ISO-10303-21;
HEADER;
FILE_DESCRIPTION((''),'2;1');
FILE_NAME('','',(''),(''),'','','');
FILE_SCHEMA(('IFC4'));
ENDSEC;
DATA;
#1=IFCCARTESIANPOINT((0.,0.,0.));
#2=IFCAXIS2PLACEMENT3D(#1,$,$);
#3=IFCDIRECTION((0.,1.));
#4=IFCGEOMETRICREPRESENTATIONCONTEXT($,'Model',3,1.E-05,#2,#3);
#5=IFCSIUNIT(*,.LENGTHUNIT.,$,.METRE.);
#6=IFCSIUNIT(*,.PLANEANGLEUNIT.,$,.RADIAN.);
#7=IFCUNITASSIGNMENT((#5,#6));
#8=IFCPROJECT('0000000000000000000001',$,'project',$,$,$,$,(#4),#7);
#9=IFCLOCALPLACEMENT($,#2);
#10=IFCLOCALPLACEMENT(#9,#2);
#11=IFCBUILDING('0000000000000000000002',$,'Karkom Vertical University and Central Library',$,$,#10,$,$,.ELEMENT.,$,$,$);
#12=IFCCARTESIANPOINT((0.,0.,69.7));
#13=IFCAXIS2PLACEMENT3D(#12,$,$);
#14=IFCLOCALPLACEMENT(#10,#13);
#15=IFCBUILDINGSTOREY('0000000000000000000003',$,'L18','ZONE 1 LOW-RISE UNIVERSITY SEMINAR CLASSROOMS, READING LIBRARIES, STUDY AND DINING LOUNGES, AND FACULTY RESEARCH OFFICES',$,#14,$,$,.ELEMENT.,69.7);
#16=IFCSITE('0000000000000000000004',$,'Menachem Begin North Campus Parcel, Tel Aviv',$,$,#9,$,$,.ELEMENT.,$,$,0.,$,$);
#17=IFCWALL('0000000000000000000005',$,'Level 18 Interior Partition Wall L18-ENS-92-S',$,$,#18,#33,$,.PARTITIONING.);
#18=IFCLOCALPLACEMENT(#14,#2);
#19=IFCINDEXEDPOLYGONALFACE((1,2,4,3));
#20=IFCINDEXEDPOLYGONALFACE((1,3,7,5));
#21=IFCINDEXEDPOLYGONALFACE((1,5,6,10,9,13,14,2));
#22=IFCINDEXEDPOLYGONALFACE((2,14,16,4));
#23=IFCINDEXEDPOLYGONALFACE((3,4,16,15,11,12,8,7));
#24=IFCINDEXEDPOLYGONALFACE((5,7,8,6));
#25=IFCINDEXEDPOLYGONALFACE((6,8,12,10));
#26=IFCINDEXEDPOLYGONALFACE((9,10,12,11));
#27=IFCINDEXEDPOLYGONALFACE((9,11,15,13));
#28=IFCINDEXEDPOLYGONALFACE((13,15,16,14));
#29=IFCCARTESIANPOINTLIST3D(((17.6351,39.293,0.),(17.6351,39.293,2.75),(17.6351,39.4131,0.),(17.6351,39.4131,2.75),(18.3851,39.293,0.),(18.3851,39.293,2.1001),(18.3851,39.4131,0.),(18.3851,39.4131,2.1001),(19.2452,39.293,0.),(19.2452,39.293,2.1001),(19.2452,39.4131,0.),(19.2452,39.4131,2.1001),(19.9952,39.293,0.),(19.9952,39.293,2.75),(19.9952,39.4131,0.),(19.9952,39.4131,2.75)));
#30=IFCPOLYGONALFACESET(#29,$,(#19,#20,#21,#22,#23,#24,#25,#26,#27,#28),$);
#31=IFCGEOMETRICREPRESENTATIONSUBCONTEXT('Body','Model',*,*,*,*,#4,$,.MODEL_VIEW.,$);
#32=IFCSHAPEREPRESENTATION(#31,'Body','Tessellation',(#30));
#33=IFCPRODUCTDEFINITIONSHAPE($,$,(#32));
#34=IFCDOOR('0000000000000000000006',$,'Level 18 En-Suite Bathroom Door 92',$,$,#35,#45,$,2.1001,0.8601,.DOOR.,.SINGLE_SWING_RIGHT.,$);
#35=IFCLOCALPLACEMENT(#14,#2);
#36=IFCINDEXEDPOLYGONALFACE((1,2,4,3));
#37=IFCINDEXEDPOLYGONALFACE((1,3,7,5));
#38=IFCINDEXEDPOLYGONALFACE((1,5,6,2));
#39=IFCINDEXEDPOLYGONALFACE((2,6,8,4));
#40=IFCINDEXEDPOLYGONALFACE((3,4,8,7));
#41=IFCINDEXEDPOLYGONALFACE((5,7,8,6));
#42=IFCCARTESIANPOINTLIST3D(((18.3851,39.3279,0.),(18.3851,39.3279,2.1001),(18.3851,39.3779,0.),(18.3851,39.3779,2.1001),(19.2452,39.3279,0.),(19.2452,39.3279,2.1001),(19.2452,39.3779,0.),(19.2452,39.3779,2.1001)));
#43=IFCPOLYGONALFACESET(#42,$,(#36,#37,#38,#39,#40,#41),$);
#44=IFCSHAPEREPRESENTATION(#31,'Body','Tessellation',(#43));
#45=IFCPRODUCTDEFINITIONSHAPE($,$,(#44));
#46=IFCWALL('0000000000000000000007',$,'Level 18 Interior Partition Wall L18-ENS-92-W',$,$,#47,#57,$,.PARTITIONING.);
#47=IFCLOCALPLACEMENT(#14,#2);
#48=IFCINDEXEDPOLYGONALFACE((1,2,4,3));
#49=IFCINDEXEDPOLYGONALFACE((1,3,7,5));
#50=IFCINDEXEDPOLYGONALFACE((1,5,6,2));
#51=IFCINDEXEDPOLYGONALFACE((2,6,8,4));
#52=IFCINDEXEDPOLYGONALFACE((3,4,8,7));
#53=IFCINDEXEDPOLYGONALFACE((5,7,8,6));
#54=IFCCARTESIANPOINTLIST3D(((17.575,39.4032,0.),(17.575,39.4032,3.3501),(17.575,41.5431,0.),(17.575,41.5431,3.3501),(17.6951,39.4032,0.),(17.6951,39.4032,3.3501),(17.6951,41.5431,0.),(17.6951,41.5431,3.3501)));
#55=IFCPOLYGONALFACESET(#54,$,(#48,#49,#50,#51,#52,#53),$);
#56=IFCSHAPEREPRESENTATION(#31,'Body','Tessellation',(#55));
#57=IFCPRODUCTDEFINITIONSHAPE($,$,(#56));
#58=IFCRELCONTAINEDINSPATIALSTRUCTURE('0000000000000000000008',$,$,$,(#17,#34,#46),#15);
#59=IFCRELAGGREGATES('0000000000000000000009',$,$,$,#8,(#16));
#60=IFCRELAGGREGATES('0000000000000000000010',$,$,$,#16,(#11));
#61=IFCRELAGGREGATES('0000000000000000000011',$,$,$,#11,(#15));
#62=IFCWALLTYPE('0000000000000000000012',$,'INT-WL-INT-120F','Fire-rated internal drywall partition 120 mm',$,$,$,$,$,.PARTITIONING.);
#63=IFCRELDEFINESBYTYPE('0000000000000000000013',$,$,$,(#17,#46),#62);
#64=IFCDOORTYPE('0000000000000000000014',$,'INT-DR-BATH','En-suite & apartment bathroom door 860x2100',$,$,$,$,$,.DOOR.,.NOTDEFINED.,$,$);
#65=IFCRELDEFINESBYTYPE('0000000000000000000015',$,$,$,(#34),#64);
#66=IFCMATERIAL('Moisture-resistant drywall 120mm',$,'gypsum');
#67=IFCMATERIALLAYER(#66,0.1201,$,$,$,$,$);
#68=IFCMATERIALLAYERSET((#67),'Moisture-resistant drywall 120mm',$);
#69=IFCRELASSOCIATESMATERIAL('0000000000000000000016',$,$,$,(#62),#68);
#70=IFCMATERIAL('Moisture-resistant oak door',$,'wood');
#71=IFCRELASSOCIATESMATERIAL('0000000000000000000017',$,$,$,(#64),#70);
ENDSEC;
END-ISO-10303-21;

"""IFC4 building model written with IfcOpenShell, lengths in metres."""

from ifc_helpers import new_model, si_unit, direction, frame, frame_2d, origin, origin_with_axes, place, context, subcontext, project, spatial, rectangle, extrude, source, transform, mapped, material, layer, layer_set, type_object, element, fill, save


model = new_model("IFC4")

# Units and contexts
model_context = context("Model", 3, precision=1e-05, world=origin(), true_north=direction((0.0, 1.0)))
body_context = subcontext(model_context, "Body", "Model", "MODEL_VIEW")
ifc_project = project(units=[si_unit("LENGTHUNIT", "METRE"), si_unit("PLANEANGLEUNIT", "RADIAN")], contexts=[model_context])

# Site, building, storey
site_placement = place(None, origin())
site = spatial("IfcSite", under=ifc_project, at=site_placement, Name="Menachem Begin North Campus Parcel, Tel Aviv", CompositionType="ELEMENT", RefElevation=0.0)
building_placement = place(site_placement, origin())
building = spatial("IfcBuilding", under=site, at=building_placement, Name="Karkom Vertical University and Central Library", CompositionType="ELEMENT")
storey_placement = place(building_placement, frame((0.0, 0.0, 69.7)))
storey = spatial("IfcBuildingStorey", under=building, at=storey_placement, Name="L18", Description="ZONE 1 LOW-RISE UNIVERSITY SEMINAR CLASSROOMS, READING LIBRARIES, STUDY AND DINING LOUNGES, AND FACULTY RESEARCH OFFICES", CompositionType="ELEMENT", Elevation=69.7)

# Wall, opening, door
ifc_material_1 = material(Name="Moisture-resistant drywall 120mm", Category="gypsum")
ifc_layer_1 = layer(ifc_material_1, 0.1201)
ifc_layer_set_1 = layer_set([ifc_layer_1], Name="Moisture-resistant drywall 120mm")
wall_type_1 = type_object("IfcWallType", Name="INT-WL-INT-120F", Description="Fire-rated internal drywall partition 120 mm", PredefinedType="PARTITIONING", material=ifc_layer_set_1)
wall_1_placement = place(storey_placement, frame((17.635, 39.353, 0.0), z_axis=(0.0, 0.0, 1.0), x_axis=(1.0, 0.0, 0.0)))
wall_1 = element("IfcWall", 1, at=wall_1_placement, inside=storey, type_object=wall_type_1, Name="Level 18 Interior Partition Wall L18-ENS-92-S", PredefinedType="PARTITIONING", context=body_context, shape_type="SweptSolid", body=[
    extrude(rectangle(XDim=2.3601, YDim=0.1201, at=frame_2d((1.1802, 0.0))), origin(), (0.0, 0.0, 1.0), 2.75),
])
opening_1_placement = place(wall_1_placement, frame((0.75, 0.0, 0.0)))
opening_1 = element("IfcOpeningElement", 2, at=opening_1_placement, cuts=wall_1, PredefinedType="OPENING", context=body_context, shape_type="SweptSolid", body=[
    extrude(rectangle(XDim=0.8601, YDim=2.1001, at=frame_2d((0.4302, 1.05))), frame((0.0, 0.0701, 0.0), z_axis=(0.0, -1.0, 0.0), x_axis=(1.0, 0.0, 0.0)), (0.0, 0.0, 1.0), 0.1401),
])
ifc_material_2 = material(Name="Moisture-resistant oak door", Category="wood")
door_type_1 = type_object("IfcDoorType", Name="INT-DR-BATH", Description="En-suite & apartment bathroom door 860x2100", OperationType="NOTDEFINED", PredefinedType="DOOR", material=ifc_material_2)
shared_shape_1 = source(origin_with_axes(), body_context, "Body", "SweptSolid", [
    extrude(rectangle(XDim=0.8601, YDim=2.1001, at=frame_2d((0.4302, 1.05))), frame((0.0, 0.0249, 0.0), z_axis=(0.0, -1.0, 0.0), x_axis=(1.0, 0.0, 0.0)), (0.0, 0.0, 1.0), 0.05),
])
door_1_placement = place(opening_1_placement, origin())
door_1 = element("IfcDoor", 3, at=door_1_placement, inside=storey, type_object=door_type_1, Name="Level 18 En-Suite Bathroom Door 92", OperationType="SINGLE_SWING_RIGHT", OverallHeight=2.1001, OverallWidth=0.8601, PredefinedType="DOOR", context=body_context, shape_type="MappedRepresentation", body=[
    mapped(shared_shape_1, transform((0.0, 0.0, 0.0), scale=1.0)),
])
fill(opening_1, door_1)

# Wall
wall_2_placement = place(storey_placement, frame((17.635, 41.543, 0.0), z_axis=(0.0, 0.0, 1.0), x_axis=(0.0, -1.0, 0.0)))
element("IfcWall", 4, at=wall_2_placement, inside=storey, type_object=wall_type_1, Name="Level 18 Interior Partition Wall L18-ENS-92-W", PredefinedType="PARTITIONING", context=body_context, shape_type="SweptSolid", body=[
    extrude(rectangle(XDim=2.1399, YDim=0.1201, at=frame_2d((1.0698, 0.0))), origin(), (0.0, 0.0, 1.0), 3.3501),
])

save(model, "model.ifc")
